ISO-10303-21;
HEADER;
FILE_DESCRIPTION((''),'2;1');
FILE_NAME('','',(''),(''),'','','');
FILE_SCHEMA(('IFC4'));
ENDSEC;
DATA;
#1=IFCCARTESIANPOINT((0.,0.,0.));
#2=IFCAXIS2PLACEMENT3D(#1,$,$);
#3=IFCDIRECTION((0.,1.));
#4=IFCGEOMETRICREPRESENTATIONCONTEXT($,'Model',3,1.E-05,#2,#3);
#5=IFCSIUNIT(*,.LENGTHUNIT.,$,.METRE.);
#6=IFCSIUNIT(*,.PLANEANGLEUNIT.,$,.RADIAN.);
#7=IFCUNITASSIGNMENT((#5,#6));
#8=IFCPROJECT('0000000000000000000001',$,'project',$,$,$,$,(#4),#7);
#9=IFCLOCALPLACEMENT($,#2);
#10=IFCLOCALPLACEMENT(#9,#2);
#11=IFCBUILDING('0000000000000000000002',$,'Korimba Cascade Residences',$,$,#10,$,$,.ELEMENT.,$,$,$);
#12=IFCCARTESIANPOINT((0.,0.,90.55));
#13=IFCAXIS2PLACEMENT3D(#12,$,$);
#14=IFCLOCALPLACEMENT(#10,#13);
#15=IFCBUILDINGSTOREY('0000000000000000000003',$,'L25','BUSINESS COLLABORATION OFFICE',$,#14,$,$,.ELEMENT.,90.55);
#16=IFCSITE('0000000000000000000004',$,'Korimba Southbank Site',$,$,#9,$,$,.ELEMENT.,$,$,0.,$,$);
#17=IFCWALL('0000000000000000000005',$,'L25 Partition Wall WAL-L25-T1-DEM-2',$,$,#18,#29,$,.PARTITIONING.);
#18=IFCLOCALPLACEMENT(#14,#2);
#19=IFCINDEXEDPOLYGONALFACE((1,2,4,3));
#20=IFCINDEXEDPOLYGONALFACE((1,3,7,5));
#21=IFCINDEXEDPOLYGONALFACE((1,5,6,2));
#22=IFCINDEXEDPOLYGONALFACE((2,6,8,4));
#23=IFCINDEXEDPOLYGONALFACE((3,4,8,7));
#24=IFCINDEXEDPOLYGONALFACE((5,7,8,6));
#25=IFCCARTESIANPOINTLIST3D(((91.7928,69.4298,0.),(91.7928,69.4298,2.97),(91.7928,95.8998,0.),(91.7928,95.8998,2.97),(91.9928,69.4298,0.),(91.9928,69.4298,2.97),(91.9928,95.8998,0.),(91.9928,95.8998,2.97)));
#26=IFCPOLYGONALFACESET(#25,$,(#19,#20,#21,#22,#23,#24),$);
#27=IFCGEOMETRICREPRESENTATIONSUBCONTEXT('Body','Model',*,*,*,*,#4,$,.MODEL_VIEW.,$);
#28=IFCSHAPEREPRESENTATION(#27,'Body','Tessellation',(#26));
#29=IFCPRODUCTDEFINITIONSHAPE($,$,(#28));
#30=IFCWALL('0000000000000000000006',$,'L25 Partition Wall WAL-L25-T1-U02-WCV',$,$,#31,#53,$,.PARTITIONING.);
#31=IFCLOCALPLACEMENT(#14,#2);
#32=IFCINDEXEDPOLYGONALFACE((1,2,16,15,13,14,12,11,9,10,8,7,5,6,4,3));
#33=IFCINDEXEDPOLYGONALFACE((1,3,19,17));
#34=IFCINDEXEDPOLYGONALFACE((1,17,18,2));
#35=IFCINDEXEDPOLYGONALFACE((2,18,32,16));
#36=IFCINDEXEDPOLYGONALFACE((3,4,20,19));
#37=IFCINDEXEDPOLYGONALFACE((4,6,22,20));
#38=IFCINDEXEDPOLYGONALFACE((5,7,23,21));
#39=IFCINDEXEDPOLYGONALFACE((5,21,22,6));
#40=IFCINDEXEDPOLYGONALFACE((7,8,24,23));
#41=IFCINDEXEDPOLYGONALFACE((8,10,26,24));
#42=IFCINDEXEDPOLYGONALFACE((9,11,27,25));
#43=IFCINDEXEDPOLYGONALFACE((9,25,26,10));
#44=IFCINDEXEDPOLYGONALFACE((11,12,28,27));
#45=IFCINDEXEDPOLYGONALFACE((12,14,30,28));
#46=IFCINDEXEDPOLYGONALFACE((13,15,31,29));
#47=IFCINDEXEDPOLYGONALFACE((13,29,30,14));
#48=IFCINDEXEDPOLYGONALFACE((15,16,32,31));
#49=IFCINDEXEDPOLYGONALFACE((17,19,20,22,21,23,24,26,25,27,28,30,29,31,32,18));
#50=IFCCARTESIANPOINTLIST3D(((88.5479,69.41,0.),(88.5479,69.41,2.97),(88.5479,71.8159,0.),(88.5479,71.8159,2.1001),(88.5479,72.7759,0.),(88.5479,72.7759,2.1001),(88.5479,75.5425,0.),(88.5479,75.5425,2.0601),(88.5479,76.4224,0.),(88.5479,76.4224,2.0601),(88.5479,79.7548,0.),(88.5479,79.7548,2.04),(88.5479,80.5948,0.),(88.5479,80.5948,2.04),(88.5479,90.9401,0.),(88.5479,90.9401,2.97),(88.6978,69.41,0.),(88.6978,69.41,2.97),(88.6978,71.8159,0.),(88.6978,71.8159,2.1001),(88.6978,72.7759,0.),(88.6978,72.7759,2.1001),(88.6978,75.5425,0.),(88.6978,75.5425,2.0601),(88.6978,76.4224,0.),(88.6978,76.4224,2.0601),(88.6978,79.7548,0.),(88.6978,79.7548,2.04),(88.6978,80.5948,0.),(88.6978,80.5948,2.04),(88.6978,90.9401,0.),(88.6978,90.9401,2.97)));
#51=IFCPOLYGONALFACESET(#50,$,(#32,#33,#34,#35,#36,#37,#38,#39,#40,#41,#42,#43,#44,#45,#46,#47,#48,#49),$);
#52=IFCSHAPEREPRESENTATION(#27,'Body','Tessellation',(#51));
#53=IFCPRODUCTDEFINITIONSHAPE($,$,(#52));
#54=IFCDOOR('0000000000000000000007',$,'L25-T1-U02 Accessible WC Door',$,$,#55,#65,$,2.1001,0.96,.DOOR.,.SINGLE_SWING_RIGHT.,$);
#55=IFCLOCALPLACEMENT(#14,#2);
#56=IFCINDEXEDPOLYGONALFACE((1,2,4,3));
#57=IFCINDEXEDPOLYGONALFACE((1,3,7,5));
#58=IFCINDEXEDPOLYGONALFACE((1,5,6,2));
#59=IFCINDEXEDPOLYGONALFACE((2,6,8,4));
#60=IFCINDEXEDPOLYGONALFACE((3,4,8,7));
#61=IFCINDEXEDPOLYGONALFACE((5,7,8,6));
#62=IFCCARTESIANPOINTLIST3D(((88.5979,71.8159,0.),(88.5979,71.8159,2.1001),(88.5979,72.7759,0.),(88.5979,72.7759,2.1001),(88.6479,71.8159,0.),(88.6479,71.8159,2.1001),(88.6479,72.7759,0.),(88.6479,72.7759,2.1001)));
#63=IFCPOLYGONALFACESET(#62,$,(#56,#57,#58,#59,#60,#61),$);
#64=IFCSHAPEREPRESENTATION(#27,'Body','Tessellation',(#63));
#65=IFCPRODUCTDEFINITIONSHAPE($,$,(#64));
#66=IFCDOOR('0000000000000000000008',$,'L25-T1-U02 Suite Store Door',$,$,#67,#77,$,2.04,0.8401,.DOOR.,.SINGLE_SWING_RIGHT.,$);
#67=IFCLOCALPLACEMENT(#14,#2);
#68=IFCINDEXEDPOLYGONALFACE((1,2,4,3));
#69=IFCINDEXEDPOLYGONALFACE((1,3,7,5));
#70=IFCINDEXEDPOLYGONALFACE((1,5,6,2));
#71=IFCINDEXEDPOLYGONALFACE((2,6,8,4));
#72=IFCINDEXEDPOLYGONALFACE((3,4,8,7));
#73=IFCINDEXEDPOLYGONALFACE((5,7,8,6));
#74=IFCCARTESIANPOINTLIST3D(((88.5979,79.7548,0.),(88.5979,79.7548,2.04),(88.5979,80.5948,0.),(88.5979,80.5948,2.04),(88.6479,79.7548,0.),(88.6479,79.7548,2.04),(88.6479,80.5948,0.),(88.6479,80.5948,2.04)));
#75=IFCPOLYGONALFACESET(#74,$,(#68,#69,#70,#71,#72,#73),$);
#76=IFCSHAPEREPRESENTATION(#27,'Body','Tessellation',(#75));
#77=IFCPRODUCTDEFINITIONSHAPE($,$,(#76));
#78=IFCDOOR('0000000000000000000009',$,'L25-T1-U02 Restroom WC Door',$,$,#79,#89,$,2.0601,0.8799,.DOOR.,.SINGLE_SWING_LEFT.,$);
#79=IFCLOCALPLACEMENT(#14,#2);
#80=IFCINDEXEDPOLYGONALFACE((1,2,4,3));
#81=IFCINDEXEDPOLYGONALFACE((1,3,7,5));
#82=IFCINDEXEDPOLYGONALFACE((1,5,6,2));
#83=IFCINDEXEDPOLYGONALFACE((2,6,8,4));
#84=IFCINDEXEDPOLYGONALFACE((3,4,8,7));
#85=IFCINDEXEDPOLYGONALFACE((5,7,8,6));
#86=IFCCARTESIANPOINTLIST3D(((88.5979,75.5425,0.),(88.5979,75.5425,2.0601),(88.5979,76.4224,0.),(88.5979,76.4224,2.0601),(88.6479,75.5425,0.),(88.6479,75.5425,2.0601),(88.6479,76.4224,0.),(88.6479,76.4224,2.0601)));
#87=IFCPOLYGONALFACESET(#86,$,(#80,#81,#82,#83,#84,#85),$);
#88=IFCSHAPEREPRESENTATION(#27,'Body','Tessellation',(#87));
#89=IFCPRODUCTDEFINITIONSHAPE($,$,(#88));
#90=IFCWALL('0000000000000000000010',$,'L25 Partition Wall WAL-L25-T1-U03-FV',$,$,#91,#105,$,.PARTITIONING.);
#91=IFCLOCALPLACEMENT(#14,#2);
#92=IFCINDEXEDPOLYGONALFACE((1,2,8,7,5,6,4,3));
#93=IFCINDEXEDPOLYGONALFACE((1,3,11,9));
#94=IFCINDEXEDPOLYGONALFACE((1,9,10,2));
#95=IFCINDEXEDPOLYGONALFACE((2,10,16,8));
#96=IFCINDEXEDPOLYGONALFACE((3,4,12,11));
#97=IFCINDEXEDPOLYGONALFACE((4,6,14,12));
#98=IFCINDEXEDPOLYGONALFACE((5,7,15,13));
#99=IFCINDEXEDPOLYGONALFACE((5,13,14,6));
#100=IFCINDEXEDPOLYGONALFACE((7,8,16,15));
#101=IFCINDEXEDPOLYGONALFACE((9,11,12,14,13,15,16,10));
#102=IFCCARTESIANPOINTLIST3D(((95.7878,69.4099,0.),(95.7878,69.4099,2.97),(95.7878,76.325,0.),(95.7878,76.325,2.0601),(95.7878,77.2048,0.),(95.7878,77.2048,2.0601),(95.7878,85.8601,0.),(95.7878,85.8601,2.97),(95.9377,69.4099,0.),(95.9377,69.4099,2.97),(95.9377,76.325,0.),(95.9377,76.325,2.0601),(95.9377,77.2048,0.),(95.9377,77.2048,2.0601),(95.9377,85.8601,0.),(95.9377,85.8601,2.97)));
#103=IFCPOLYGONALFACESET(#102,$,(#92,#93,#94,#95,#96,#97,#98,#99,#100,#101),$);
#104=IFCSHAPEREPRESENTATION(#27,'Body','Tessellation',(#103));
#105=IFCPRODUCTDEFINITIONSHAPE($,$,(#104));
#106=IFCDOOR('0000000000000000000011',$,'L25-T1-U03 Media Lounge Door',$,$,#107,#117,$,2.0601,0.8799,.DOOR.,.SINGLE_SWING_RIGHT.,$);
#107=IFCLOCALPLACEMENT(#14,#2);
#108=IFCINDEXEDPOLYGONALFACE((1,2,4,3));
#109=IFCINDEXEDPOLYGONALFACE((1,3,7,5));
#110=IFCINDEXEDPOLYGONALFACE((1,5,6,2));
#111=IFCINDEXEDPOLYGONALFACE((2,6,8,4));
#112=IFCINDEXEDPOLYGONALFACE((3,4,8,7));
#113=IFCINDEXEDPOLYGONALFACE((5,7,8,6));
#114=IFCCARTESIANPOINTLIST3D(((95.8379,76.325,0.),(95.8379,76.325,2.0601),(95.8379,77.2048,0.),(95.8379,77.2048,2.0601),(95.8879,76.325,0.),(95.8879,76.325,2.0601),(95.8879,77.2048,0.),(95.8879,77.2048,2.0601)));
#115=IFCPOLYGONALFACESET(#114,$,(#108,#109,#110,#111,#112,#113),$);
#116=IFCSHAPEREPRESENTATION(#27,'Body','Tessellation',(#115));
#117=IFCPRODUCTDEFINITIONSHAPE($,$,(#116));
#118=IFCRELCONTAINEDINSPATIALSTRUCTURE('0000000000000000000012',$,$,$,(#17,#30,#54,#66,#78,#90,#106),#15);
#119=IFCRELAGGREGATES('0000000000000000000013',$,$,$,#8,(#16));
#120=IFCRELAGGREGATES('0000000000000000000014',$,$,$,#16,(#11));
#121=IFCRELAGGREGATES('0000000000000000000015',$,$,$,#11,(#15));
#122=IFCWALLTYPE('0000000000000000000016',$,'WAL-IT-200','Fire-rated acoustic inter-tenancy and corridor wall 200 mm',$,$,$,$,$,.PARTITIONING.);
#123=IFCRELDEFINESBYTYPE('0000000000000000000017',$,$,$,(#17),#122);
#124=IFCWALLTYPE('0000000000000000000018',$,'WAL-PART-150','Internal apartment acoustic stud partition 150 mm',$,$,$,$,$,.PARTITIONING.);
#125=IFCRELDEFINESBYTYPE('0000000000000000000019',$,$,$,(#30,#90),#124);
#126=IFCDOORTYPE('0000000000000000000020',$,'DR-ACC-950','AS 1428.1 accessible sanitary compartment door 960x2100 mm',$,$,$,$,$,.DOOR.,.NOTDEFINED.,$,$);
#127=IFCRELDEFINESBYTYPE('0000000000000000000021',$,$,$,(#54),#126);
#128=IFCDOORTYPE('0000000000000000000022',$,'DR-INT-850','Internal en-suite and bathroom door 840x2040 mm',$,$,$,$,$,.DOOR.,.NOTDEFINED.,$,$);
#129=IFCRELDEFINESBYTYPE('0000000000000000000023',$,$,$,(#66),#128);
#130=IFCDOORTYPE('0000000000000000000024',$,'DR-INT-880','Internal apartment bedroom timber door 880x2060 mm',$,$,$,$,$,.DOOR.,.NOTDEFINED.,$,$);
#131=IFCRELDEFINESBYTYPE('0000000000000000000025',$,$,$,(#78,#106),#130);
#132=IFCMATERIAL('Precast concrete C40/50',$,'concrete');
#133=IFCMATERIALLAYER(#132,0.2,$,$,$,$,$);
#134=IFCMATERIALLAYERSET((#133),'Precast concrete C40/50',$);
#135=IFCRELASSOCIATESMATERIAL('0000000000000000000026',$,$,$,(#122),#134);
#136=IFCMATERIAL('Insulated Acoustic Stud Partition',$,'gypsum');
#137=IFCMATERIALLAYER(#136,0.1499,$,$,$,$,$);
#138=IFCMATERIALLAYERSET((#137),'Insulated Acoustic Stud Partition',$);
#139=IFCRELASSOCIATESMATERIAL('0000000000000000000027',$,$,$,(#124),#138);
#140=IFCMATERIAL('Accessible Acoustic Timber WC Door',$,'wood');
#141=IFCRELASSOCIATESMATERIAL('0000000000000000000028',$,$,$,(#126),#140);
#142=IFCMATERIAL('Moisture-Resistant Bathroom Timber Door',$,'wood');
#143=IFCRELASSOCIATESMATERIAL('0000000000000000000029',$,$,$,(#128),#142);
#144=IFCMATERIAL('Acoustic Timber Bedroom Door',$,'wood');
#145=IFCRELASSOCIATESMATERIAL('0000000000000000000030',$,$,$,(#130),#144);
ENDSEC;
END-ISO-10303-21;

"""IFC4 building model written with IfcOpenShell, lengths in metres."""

from ifc_helpers import new_model, si_unit, direction, frame, frame_2d, origin, place, context, subcontext, project, spatial, rectangle, extrude, material, layer, layer_set, type_object, element, fill, save


model = new_model("IFC4")

# Units and contexts
model_context = context("Model", 3, precision=1e-05, world=origin(), true_north=direction((0.0, 1.0)))
body_context = subcontext(model_context, "Body", "Model", "MODEL_VIEW")
ifc_project = project(units=[si_unit("LENGTHUNIT", "METRE"), si_unit("PLANEANGLEUNIT", "RADIAN")], contexts=[model_context])

# Site, building, storey
site_placement = place(None, origin())
site = spatial("IfcSite", under=ifc_project, at=site_placement, Name="Korimba Southbank Site", CompositionType="ELEMENT", RefElevation=0.0)
building_placement = place(site_placement, origin())
building = spatial("IfcBuilding", under=site, at=building_placement, Name="Korimba Cascade Residences", CompositionType="ELEMENT")
storey_placement = place(building_placement, frame((0.0, 0.0, 90.55)))
storey = spatial("IfcBuildingStorey", under=building, at=storey_placement, Name="L25", Description="BUSINESS COLLABORATION OFFICE", CompositionType="ELEMENT", Elevation=90.55)

# Wall
ifc_material_1 = material(Name="Precast concrete C40/50", Category="concrete")
ifc_layer_1 = layer(ifc_material_1, 0.2)
ifc_layer_set_1 = layer_set([ifc_layer_1], Name="Precast concrete C40/50")
wall_type_1 = type_object("IfcWallType", Name="WAL-IT-200", Description="Fire-rated acoustic inter-tenancy and corridor wall 200 mm", PredefinedType="PARTITIONING", material=ifc_layer_set_1)
wall_1_placement = place(storey_placement, frame((91.8928, 69.4299, 0.0), z_axis=(0.0, 0.0, 1.0), x_axis=(0.0, 1.0, 0.0)))
element("IfcWall", 1, at=wall_1_placement, inside=storey, type_object=wall_type_1, Name="L25 Partition Wall WAL-L25-T1-DEM-2", PredefinedType="PARTITIONING", context=body_context, shape_type="SweptSolid", body=[
    extrude(rectangle(XDim=26.47, YDim=0.2, at=frame_2d((13.2349, 0.0))), origin(), (0.0, 0.0, 1.0), 2.97),
])
ifc_material_2 = material(Name="Insulated Acoustic Stud Partition", Category="gypsum")
ifc_layer_2 = layer(ifc_material_2, 0.1499)
ifc_layer_set_2 = layer_set([ifc_layer_2], Name="Insulated Acoustic Stud Partition")
wall_type_2 = type_object("IfcWallType", Name="WAL-PART-150", Description="Internal apartment acoustic stud partition 150 mm", PredefinedType="PARTITIONING", material=ifc_layer_set_2)

# Wall, openings, doors
wall_2_placement = place(storey_placement, frame((88.6228, 69.4099, 0.0), z_axis=(0.0, 0.0, 1.0), x_axis=(0.0, 1.0, 0.0)))
wall_2 = element("IfcWall", 2, at=wall_2_placement, inside=storey, type_object=wall_type_2, Name="L25 Partition Wall WAL-L25-T1-U02-WCV", PredefinedType="PARTITIONING", context=body_context, shape_type="SweptSolid", body=[
    extrude(rectangle(XDim=21.53, YDim=0.1499, at=frame_2d((10.7651, 0.0))), origin(), (0.0, 0.0, 1.0), 2.97),
])
opening_1_placement = place(wall_2_placement, frame((2.406, 0.0, 0.0)))
opening_1 = element("IfcOpeningElement", 3, at=opening_1_placement, cuts=wall_2, PredefinedType="OPENING", context=body_context, shape_type="SweptSolid", body=[
    extrude(rectangle(XDim=0.96, YDim=2.1001, at=frame_2d((0.48, 1.05))), frame((0.0, 0.085, 0.0), z_axis=(0.0, -1.0, 0.0), x_axis=(1.0, 0.0, 0.0)), (0.0, 0.0, 1.0), 0.1699),
])
opening_2_placement = place(wall_2_placement, frame((6.1326, 0.0, 0.0)))
opening_2 = element("IfcOpeningElement", 4, at=opening_2_placement, cuts=wall_2, PredefinedType="OPENING", context=body_context, shape_type="SweptSolid", body=[
    extrude(rectangle(XDim=0.8799, YDim=2.0601, at=frame_2d((0.4399, 1.03))), frame((0.0, 0.085, 0.0), z_axis=(0.0, -1.0, 0.0), x_axis=(1.0, 0.0, 0.0)), (0.0, 0.0, 1.0), 0.1699),
])
opening_3_placement = place(wall_2_placement, frame((10.345, 0.0, 0.0)))
opening_3 = element("IfcOpeningElement", 5, at=opening_3_placement, cuts=wall_2, PredefinedType="OPENING", context=body_context, shape_type="SweptSolid", body=[
    extrude(rectangle(XDim=0.8401, YDim=2.04, at=frame_2d((0.4199, 1.02))), frame((0.0, 0.085, 0.0), z_axis=(0.0, -1.0, 0.0), x_axis=(1.0, 0.0, 0.0)), (0.0, 0.0, 1.0), 0.1699),
])
ifc_material_3 = material(Name="Accessible Acoustic Timber WC Door", Category="wood")
door_type_1 = type_object("IfcDoorType", Name="DR-ACC-950", Description="AS 1428.1 accessible sanitary compartment door 960x2100 mm", OperationType="NOTDEFINED", PredefinedType="DOOR", material=ifc_material_3)
door_1_placement = place(opening_1_placement, origin())
door_1 = element("IfcDoor", 6, at=door_1_placement, inside=storey, type_object=door_type_1, Name="L25-T1-U02 Accessible WC Door", OperationType="SINGLE_SWING_RIGHT", OverallHeight=2.1001, OverallWidth=0.96, PredefinedType="DOOR", context=body_context, shape_type="SweptSolid", body=[
    extrude(rectangle(XDim=0.96, YDim=2.1001, at=frame_2d((0.48, 1.05))), frame((0.0, 0.0249, 0.0), z_axis=(0.0, -1.0, 0.0), x_axis=(1.0, 0.0, 0.0)), (0.0, 0.0, 1.0), 0.05),
])
fill(opening_1, door_1)
ifc_material_4 = material(Name="Moisture-Resistant Bathroom Timber Door", Category="wood")
door_type_2 = type_object("IfcDoorType", Name="DR-INT-850", Description="Internal en-suite and bathroom door 840x2040 mm", OperationType="NOTDEFINED", PredefinedType="DOOR", material=ifc_material_4)
door_2_placement = place(opening_3_placement, origin())
door_2 = element("IfcDoor", 7, at=door_2_placement, inside=storey, type_object=door_type_2, Name="L25-T1-U02 Suite Store Door", OperationType="SINGLE_SWING_RIGHT", OverallHeight=2.04, OverallWidth=0.8401, PredefinedType="DOOR", context=body_context, shape_type="SweptSolid", body=[
    extrude(rectangle(XDim=0.8401, YDim=2.04, at=frame_2d((0.4199, 1.02))), frame((0.0, 0.0249, 0.0), z_axis=(0.0, -1.0, 0.0), x_axis=(1.0, 0.0, 0.0)), (0.0, 0.0, 1.0), 0.05),
])
fill(opening_3, door_2)
ifc_material_5 = material(Name="Acoustic Timber Bedroom Door", Category="wood")
door_type_3 = type_object("IfcDoorType", Name="DR-INT-880", Description="Internal apartment bedroom timber door 880x2060 mm", OperationType="NOTDEFINED", PredefinedType="DOOR", material=ifc_material_5)
door_3_placement = place(opening_2_placement, origin())
door_3 = element("IfcDoor", 8, at=door_3_placement, inside=storey, type_object=door_type_3, Name="L25-T1-U02 Restroom WC Door", OperationType="SINGLE_SWING_LEFT", OverallHeight=2.0601, OverallWidth=0.8799, PredefinedType="DOOR", context=body_context, shape_type="SweptSolid", body=[
    extrude(rectangle(XDim=0.8799, YDim=2.0601, at=frame_2d((0.4399, 1.03))), frame((0.0, 0.0249, 0.0), z_axis=(0.0, -1.0, 0.0), x_axis=(1.0, 0.0, 0.0)), (0.0, 0.0, 1.0), 0.05),
])
fill(opening_2, door_3)

# Wall, opening, door
wall_3_placement = place(storey_placement, frame((95.8628, 69.4099, 0.0), z_axis=(0.0, 0.0, 1.0), x_axis=(0.0, 1.0, 0.0)))
wall_3 = element("IfcWall", 9, at=wall_3_placement, inside=storey, type_object=wall_type_2, Name="L25 Partition Wall WAL-L25-T1-U03-FV", PredefinedType="PARTITIONING", context=body_context, shape_type="SweptSolid", body=[
    extrude(rectangle(XDim=16.4502, YDim=0.1499, at=frame_2d((8.2251, 0.0))), origin(), (0.0, 0.0, 1.0), 2.97),
])
opening_4_placement = place(wall_3_placement, frame((6.915, 0.0, 0.0)))
opening_4 = element("IfcOpeningElement", 10, at=opening_4_placement, cuts=wall_3, PredefinedType="OPENING", context=body_context, shape_type="SweptSolid", body=[
    extrude(rectangle(XDim=0.8799, YDim=2.0601, at=frame_2d((0.4399, 1.03))), frame((0.0, 0.085, 0.0), z_axis=(0.0, -1.0, 0.0), x_axis=(1.0, 0.0, 0.0)), (0.0, 0.0, 1.0), 0.1699),
])
door_4_placement = place(opening_4_placement, origin())
door_4 = element("IfcDoor", 11, at=door_4_placement, inside=storey, type_object=door_type_3, Name="L25-T1-U03 Media Lounge Door", OperationType="SINGLE_SWING_RIGHT", OverallHeight=2.0601, OverallWidth=0.8799, PredefinedType="DOOR", context=body_context, shape_type="SweptSolid", body=[
    extrude(rectangle(XDim=0.8799, YDim=2.0601, at=frame_2d((0.4399, 1.03))), frame((0.0, 0.0249, 0.0), z_axis=(0.0, -1.0, 0.0), x_axis=(1.0, 0.0, 0.0)), (0.0, 0.0, 1.0), 0.05),
])
fill(opening_4, door_4)

save(model, "model.ifc")
